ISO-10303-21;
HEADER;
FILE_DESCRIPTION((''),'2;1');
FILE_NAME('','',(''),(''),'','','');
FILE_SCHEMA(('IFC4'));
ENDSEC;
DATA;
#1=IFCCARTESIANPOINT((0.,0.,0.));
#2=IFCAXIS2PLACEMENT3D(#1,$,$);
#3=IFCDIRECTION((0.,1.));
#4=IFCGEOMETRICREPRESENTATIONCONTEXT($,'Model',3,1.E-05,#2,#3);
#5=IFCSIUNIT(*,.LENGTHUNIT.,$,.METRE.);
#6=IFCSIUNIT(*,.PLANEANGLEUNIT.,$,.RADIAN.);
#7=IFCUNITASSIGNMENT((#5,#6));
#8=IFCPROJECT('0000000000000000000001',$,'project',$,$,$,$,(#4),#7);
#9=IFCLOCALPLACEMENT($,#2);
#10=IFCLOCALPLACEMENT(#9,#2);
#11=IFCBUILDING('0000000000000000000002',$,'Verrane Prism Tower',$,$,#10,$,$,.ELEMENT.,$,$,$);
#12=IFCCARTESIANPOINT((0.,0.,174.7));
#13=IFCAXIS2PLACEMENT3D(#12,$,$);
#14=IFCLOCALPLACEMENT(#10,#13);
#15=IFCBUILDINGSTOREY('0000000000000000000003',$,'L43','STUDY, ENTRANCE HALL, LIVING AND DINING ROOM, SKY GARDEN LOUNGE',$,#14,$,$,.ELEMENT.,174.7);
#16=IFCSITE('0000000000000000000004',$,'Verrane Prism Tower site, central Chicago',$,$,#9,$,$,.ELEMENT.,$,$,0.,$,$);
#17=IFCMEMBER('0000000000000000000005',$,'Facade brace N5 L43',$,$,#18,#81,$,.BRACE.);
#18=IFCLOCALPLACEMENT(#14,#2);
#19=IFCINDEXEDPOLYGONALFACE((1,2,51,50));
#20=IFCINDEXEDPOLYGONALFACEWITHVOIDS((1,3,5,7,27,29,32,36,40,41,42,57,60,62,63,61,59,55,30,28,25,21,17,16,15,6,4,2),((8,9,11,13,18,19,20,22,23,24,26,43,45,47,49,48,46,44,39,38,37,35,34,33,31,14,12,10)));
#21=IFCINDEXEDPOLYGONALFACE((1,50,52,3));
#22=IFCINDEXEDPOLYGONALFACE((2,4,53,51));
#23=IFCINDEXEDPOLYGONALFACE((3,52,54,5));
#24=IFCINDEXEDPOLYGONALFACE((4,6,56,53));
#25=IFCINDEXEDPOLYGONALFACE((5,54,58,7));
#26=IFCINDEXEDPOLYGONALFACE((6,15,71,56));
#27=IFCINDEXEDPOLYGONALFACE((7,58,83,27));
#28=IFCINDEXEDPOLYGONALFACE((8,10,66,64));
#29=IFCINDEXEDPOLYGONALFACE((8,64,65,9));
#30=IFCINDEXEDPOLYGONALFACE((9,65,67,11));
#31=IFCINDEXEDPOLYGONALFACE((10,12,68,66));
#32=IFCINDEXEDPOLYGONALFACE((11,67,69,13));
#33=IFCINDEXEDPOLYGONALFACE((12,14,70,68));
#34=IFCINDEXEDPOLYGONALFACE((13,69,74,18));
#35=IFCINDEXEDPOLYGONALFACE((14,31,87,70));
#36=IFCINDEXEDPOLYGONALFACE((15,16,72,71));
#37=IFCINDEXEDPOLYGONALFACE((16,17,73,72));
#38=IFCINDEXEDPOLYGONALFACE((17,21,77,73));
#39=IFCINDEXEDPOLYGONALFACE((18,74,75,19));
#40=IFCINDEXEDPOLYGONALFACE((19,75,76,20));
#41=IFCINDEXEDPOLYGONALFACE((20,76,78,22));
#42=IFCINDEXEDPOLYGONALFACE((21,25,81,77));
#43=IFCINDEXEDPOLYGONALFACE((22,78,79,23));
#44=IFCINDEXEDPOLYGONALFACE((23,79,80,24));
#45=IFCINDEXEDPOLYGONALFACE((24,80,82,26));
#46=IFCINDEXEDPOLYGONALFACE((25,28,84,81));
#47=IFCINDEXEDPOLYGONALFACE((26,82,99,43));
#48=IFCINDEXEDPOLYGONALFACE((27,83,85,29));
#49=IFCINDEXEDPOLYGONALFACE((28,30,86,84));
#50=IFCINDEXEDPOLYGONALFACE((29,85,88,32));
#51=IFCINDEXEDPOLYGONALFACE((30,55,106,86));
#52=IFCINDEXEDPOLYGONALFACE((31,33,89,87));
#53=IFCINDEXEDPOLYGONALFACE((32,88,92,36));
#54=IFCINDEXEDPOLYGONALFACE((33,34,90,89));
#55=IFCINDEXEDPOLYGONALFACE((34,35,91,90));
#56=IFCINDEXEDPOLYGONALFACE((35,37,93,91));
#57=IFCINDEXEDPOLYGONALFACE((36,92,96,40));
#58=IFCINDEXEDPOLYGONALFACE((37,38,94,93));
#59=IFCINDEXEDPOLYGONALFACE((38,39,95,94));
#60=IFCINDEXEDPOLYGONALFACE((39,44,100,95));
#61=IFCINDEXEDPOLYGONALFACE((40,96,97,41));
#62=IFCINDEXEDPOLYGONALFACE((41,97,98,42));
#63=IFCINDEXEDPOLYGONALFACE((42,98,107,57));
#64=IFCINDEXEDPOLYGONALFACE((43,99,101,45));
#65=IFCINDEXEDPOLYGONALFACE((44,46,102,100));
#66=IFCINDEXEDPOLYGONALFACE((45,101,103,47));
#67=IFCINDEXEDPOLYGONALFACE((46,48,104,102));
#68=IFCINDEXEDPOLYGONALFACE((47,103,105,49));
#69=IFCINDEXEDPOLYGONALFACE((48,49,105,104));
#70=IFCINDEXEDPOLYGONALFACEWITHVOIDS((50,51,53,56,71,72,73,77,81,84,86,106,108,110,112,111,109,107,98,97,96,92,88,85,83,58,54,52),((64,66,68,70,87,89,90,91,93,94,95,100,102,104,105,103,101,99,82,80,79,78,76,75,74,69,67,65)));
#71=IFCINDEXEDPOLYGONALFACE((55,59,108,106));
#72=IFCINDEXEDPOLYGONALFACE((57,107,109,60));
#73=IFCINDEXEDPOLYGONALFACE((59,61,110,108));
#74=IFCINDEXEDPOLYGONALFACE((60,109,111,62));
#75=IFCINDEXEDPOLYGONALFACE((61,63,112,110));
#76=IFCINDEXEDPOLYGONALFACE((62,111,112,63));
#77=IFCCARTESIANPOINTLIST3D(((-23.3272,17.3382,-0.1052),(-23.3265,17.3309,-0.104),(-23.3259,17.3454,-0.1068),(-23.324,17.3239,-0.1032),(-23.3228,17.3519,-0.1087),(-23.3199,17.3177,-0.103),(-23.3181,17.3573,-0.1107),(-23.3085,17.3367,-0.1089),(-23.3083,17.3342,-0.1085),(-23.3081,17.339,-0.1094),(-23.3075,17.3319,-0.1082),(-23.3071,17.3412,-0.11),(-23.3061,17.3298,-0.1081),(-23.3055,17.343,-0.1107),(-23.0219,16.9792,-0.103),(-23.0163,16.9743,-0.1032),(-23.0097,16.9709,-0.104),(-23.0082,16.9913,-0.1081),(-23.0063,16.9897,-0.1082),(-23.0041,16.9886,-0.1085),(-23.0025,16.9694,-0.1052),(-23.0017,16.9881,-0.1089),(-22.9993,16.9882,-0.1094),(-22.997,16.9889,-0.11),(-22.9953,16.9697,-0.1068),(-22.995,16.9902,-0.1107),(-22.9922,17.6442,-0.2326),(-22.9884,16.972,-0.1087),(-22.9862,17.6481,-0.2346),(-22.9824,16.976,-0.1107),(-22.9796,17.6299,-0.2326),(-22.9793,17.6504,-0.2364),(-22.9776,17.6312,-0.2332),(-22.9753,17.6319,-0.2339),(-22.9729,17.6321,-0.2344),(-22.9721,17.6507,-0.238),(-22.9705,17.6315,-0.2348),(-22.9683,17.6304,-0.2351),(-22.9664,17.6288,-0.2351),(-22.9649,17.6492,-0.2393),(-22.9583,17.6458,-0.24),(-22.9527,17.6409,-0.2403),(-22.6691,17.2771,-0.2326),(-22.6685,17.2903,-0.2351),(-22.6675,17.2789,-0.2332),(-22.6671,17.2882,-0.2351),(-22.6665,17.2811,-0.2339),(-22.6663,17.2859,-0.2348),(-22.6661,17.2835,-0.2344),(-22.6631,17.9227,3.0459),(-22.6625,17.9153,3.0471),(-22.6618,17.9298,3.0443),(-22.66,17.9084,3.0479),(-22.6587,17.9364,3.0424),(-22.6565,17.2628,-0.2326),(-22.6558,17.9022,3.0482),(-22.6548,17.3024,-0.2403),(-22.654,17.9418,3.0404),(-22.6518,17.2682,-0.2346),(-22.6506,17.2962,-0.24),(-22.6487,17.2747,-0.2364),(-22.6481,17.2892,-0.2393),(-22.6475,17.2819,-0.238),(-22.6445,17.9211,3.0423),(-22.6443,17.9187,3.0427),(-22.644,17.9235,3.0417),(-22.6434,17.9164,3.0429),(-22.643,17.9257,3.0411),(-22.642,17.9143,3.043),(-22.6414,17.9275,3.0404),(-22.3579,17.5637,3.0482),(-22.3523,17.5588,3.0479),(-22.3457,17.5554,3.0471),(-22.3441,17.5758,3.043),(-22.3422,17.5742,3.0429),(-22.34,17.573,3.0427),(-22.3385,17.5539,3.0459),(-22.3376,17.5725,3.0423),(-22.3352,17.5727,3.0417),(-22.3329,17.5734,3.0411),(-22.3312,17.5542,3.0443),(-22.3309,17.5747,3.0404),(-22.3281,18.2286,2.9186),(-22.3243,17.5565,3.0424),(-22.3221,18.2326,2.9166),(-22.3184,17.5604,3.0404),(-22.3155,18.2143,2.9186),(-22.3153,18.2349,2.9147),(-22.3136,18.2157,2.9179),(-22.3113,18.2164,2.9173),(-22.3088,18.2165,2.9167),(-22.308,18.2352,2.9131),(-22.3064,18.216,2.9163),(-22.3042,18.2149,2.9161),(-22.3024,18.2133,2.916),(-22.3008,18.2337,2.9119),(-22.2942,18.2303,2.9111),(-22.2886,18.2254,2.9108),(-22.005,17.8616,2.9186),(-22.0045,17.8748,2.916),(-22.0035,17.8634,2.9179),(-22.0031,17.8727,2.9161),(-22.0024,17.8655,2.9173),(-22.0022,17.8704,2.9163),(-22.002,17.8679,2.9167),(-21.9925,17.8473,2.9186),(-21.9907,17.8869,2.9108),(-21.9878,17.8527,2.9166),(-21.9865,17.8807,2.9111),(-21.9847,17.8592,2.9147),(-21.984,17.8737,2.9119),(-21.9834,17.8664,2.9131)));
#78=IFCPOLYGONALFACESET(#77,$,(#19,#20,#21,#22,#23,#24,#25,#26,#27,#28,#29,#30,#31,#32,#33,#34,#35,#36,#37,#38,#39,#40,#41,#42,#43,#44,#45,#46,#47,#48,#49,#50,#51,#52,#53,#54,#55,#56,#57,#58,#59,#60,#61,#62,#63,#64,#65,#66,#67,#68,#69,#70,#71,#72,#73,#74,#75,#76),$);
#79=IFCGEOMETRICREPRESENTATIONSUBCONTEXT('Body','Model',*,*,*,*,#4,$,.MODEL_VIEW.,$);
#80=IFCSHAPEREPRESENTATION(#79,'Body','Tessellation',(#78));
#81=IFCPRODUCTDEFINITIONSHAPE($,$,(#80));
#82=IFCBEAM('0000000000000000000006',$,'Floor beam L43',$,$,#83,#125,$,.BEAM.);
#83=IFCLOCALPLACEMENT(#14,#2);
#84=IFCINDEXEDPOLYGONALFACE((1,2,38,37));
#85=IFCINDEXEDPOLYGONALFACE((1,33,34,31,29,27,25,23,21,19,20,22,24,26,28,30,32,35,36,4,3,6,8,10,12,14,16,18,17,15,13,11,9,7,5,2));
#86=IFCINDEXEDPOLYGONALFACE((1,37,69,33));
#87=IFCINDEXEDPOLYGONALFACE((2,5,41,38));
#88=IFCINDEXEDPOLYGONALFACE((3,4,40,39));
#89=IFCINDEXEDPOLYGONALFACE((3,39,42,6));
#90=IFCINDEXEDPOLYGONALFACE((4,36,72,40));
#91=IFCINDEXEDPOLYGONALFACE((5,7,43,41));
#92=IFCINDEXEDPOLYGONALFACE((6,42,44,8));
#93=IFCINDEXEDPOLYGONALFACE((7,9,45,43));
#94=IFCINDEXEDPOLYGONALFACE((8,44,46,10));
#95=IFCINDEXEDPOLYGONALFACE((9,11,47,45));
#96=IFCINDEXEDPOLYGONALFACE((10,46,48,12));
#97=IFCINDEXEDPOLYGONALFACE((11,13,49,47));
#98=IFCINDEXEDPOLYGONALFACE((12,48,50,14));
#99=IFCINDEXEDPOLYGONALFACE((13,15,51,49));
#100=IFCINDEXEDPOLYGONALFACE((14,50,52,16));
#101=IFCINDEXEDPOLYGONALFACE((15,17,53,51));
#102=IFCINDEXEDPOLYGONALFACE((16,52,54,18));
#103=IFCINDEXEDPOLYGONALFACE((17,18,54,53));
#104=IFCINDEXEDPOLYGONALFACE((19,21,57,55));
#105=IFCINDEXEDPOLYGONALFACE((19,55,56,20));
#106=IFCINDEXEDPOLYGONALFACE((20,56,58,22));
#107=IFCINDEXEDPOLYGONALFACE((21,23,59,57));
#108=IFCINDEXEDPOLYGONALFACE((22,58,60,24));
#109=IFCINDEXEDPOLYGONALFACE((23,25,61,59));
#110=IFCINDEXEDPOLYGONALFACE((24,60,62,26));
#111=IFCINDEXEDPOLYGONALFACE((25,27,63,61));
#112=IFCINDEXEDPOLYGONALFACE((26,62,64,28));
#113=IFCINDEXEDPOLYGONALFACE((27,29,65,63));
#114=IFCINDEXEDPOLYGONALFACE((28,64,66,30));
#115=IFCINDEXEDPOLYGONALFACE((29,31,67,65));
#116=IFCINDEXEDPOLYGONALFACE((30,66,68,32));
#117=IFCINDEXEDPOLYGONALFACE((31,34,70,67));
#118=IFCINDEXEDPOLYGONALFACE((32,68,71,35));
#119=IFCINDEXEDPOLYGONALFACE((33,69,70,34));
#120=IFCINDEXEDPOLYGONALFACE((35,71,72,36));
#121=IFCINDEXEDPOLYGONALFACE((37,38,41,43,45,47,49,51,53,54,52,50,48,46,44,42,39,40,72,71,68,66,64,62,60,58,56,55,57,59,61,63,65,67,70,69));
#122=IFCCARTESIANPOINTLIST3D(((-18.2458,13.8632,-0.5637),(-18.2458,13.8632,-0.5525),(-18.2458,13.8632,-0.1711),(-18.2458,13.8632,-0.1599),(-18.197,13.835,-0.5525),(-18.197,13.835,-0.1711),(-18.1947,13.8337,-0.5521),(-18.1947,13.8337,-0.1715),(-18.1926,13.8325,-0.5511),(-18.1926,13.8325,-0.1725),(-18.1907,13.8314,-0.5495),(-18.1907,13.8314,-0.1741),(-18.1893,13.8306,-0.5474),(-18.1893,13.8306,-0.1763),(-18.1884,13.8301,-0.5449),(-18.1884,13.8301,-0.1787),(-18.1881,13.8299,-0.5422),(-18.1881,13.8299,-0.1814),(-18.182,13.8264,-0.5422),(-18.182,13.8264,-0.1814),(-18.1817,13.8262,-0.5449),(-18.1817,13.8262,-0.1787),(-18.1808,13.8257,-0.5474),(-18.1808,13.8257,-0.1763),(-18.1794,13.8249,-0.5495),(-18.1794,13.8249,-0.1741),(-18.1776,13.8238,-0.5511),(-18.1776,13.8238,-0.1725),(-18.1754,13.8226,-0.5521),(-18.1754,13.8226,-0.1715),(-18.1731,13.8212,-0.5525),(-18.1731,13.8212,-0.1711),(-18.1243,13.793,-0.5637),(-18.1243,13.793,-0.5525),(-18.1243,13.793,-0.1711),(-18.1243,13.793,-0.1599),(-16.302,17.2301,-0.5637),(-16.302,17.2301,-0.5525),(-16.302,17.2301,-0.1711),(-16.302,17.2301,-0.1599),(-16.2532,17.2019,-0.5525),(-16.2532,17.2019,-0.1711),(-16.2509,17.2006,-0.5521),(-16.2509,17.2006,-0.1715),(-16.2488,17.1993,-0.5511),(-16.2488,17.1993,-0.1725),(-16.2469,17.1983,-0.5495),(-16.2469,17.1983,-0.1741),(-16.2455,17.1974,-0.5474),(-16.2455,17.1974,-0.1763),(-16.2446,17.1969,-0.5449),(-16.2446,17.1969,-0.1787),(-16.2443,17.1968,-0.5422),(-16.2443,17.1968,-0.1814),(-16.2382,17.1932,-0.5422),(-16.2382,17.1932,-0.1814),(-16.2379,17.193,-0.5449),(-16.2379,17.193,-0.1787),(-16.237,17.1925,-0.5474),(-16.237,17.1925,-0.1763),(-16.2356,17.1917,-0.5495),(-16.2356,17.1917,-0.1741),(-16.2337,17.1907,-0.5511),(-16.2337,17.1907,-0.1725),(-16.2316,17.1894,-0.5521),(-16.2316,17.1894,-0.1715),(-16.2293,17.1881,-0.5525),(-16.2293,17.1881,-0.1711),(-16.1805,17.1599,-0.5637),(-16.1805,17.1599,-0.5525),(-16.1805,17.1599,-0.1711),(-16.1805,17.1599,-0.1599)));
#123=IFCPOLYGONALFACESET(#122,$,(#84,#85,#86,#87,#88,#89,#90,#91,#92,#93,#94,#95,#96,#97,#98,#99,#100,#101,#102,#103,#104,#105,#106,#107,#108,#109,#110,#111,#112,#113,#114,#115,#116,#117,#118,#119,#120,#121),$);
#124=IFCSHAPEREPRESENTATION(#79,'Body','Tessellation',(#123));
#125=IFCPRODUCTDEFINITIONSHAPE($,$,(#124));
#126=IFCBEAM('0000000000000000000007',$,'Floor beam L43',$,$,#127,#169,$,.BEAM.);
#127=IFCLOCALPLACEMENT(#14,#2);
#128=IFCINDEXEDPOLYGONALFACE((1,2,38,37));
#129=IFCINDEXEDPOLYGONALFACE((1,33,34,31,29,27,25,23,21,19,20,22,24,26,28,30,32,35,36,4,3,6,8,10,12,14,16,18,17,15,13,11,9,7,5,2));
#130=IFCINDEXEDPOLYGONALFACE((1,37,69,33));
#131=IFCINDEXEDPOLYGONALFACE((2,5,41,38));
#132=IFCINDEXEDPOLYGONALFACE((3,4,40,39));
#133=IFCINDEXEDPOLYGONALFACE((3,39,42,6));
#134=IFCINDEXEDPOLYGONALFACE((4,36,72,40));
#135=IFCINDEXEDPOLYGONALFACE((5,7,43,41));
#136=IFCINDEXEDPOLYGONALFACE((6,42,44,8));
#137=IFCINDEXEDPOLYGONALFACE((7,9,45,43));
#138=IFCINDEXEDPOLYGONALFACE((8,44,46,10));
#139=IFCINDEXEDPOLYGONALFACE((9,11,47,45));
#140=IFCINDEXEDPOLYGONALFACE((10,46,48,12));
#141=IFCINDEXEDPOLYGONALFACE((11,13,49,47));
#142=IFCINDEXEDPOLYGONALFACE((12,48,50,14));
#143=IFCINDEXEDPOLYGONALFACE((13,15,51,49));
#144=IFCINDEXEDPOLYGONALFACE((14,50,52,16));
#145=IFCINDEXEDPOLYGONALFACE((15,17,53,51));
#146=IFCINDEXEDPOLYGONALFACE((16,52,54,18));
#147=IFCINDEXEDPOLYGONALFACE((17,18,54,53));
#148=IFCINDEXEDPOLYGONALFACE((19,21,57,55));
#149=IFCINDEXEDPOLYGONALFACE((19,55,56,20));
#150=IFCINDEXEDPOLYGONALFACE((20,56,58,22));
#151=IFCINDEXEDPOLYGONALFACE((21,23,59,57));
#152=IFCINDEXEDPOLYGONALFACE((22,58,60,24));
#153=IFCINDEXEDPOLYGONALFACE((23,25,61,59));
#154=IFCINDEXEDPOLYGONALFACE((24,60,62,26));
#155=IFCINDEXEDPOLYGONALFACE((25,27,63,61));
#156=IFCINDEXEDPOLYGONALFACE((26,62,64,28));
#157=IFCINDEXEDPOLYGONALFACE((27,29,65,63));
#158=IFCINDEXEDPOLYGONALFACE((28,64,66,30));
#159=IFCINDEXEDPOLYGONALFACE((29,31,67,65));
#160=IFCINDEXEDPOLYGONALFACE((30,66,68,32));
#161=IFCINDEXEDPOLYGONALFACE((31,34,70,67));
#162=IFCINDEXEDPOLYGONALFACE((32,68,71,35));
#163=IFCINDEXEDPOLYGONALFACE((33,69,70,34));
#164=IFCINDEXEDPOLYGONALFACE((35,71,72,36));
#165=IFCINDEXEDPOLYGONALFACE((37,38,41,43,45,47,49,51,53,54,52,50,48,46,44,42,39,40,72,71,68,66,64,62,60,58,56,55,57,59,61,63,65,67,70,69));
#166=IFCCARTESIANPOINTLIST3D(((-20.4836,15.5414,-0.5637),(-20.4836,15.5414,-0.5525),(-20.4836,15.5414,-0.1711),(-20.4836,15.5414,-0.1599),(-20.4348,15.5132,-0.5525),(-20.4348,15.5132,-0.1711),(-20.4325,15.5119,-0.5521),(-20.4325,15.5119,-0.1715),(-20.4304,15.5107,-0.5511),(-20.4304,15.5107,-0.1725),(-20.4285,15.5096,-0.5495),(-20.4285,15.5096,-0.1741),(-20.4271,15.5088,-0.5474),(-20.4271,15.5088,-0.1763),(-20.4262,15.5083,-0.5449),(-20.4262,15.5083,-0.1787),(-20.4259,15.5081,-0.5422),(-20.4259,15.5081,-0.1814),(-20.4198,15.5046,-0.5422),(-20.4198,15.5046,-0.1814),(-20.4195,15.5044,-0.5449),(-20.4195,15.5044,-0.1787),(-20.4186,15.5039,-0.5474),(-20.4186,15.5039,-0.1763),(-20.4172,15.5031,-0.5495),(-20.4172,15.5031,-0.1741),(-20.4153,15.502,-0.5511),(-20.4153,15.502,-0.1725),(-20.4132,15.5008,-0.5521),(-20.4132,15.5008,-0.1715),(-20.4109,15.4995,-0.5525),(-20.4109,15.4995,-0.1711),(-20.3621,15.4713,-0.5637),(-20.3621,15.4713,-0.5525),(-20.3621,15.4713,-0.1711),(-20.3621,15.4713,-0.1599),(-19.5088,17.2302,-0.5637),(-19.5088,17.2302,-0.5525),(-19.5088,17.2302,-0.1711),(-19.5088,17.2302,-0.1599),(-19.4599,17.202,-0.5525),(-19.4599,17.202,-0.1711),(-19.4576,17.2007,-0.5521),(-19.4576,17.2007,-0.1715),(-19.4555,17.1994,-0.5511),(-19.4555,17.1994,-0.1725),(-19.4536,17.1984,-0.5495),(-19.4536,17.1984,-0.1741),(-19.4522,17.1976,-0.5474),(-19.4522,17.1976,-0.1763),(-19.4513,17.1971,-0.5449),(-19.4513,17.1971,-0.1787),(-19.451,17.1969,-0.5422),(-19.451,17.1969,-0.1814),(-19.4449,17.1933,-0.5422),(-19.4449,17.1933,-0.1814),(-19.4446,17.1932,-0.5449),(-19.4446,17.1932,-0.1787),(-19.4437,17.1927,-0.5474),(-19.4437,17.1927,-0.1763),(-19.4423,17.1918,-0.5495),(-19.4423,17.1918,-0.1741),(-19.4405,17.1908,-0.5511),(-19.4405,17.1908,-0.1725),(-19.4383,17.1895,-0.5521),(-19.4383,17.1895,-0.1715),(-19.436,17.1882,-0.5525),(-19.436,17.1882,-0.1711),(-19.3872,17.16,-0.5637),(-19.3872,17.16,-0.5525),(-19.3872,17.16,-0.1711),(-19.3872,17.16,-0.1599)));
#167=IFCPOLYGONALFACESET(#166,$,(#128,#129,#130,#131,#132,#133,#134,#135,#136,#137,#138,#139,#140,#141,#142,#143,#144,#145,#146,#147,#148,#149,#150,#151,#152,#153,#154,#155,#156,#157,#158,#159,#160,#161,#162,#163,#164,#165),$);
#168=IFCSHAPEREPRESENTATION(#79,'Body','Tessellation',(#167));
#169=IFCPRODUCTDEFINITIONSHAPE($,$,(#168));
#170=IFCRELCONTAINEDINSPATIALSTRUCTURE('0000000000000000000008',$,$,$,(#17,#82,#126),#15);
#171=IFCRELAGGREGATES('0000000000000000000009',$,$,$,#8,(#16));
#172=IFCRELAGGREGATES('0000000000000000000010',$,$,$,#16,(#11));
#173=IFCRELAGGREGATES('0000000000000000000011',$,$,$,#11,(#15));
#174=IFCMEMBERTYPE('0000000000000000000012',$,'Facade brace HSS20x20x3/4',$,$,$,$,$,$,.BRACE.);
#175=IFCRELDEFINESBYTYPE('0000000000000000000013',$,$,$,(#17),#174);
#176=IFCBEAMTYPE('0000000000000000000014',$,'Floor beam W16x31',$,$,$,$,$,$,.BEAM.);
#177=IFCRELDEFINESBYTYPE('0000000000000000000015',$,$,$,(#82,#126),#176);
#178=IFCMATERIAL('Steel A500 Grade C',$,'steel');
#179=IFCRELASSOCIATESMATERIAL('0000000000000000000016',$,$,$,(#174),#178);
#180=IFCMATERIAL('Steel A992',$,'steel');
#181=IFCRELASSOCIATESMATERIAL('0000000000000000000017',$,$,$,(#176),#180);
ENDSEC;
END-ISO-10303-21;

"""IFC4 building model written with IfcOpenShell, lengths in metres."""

from ifc_helpers import new_model, si_unit, direction, frame, origin, origin_2d, place, context, subcontext, project, spatial, hollow_rectangle, i_section, extrude, material, material_profile, profile_set, type_object, element, save


model = new_model("IFC4")

# Units and contexts
model_context = context("Model", 3, precision=1e-05, world=origin(), true_north=direction((0.0, 1.0)))
body_context = subcontext(model_context, "Body", "Model", "MODEL_VIEW")
ifc_project = project(units=[si_unit("LENGTHUNIT", "METRE"), si_unit("PLANEANGLEUNIT", "RADIAN")], contexts=[model_context])

# Site, building, storey
site_placement = place(None, origin())
site = spatial("IfcSite", under=ifc_project, at=site_placement, Name="Verrane Prism Tower site, central Chicago", CompositionType="ELEMENT", RefElevation=0.0)
building_placement = place(site_placement, origin())
building = spatial("IfcBuilding", under=site, at=building_placement, Name="Verrane Prism Tower", CompositionType="ELEMENT")
storey_placement = place(building_placement, frame((0.0, 0.0, 174.7)))
storey = spatial("IfcBuildingStorey", under=building, at=storey_placement, Name="L43", Description="STUDY, ENTRANCE HALL, LIVING AND DINING ROOM, SKY GARDEN LOUNGE", CompositionType="ELEMENT", Elevation=174.7)

# Member
ifc_material_1 = material(Name="Steel A500 Grade C", Category="steel")
ifc_material_profile_1 = material_profile(ifc_material_1, hollow_rectangle(XDim=0.5081, YDim=0.5081, WallThickness=0.019, InnerFilletRadius=0.0095, OuterFilletRadius=0.0286, at=origin_2d()), Name="HSS20x20x3/4")
ifc_profile_set_1 = profile_set([ifc_material_profile_1], Name="Steel A500 Grade C")
member_type_1 = type_object("IfcMemberType", Name="Facade brace HSS20x20x3/4", PredefinedType="BRACE", material=ifc_profile_set_1)
member_1_placement = place(storey_placement, frame((-22.9873, 17.3101, -0.1716), z_axis=(0.202895, 0.178577, 0.962779), x_axis=(-0.66069, 0.750659, 0.0)))
element("IfcMember", 1, at=member_1_placement, inside=storey, type_object=member_type_1, Name="Facade brace N5 L43", PredefinedType="BRACE", context=body_context, shape_type="SweptSolid", body=[
    extrude(hollow_rectangle(XDim=0.5081, YDim=0.5081, WallThickness=0.019, InnerFilletRadius=0.0095, OuterFilletRadius=0.0286, at=origin_2d()), origin(), (0.0, 0.0, 1.0), 3.2729),
])

# Beams
ifc_material_2 = material(Name="Steel A992", Category="steel")
ifc_material_profile_2 = material_profile(ifc_material_2, i_section(OverallWidth=0.1404, OverallDepth=0.4038, WebThickness=0.0071, FlangeThickness=0.0112, FilletRadius=0.0103, at=origin_2d()), Name="W16x31")
ifc_profile_set_2 = profile_set([ifc_material_profile_2], Name="Steel A992")
beam_type_1 = type_object("IfcBeamType", Name="Floor beam W16x31", PredefinedType="BEAM", material=ifc_profile_set_2)
beam_1_placement = place(storey_placement, frame((-18.1851, 13.8281, -0.3618), z_axis=(0.499989, 0.866032, 0.0), x_axis=(-0.866032, 0.499989, 0.0)))
element("IfcBeam", 2, at=beam_1_placement, inside=storey, type_object=beam_type_1, Name="Floor beam L43", PredefinedType="BEAM", context=body_context, shape_type="SweptSolid", body=[
    extrude(i_section(OverallWidth=0.1404, OverallDepth=0.4038, WebThickness=0.0071, FlangeThickness=0.0112, FilletRadius=0.0103, at=origin_2d()), origin(), (0.0, 0.0, 1.0), 3.8877),
])
beam_2_placement = place(storey_placement, frame((-20.4229, 15.5063, -0.3618), z_axis=(0.49995, 0.866054, 0.0), x_axis=(-0.866054, 0.49995, 0.0)))
element("IfcBeam", 3, at=beam_2_placement, inside=storey, type_object=beam_type_1, Name="Floor beam L43", PredefinedType="BEAM", context=body_context, shape_type="SweptSolid", body=[
    extrude(i_section(OverallWidth=0.1404, OverallDepth=0.4038, WebThickness=0.0071, FlangeThickness=0.0112, FilletRadius=0.0103, at=origin_2d()), origin(), (0.0, 0.0, 1.0), 1.95),
])

save(model, "model.ifc")
